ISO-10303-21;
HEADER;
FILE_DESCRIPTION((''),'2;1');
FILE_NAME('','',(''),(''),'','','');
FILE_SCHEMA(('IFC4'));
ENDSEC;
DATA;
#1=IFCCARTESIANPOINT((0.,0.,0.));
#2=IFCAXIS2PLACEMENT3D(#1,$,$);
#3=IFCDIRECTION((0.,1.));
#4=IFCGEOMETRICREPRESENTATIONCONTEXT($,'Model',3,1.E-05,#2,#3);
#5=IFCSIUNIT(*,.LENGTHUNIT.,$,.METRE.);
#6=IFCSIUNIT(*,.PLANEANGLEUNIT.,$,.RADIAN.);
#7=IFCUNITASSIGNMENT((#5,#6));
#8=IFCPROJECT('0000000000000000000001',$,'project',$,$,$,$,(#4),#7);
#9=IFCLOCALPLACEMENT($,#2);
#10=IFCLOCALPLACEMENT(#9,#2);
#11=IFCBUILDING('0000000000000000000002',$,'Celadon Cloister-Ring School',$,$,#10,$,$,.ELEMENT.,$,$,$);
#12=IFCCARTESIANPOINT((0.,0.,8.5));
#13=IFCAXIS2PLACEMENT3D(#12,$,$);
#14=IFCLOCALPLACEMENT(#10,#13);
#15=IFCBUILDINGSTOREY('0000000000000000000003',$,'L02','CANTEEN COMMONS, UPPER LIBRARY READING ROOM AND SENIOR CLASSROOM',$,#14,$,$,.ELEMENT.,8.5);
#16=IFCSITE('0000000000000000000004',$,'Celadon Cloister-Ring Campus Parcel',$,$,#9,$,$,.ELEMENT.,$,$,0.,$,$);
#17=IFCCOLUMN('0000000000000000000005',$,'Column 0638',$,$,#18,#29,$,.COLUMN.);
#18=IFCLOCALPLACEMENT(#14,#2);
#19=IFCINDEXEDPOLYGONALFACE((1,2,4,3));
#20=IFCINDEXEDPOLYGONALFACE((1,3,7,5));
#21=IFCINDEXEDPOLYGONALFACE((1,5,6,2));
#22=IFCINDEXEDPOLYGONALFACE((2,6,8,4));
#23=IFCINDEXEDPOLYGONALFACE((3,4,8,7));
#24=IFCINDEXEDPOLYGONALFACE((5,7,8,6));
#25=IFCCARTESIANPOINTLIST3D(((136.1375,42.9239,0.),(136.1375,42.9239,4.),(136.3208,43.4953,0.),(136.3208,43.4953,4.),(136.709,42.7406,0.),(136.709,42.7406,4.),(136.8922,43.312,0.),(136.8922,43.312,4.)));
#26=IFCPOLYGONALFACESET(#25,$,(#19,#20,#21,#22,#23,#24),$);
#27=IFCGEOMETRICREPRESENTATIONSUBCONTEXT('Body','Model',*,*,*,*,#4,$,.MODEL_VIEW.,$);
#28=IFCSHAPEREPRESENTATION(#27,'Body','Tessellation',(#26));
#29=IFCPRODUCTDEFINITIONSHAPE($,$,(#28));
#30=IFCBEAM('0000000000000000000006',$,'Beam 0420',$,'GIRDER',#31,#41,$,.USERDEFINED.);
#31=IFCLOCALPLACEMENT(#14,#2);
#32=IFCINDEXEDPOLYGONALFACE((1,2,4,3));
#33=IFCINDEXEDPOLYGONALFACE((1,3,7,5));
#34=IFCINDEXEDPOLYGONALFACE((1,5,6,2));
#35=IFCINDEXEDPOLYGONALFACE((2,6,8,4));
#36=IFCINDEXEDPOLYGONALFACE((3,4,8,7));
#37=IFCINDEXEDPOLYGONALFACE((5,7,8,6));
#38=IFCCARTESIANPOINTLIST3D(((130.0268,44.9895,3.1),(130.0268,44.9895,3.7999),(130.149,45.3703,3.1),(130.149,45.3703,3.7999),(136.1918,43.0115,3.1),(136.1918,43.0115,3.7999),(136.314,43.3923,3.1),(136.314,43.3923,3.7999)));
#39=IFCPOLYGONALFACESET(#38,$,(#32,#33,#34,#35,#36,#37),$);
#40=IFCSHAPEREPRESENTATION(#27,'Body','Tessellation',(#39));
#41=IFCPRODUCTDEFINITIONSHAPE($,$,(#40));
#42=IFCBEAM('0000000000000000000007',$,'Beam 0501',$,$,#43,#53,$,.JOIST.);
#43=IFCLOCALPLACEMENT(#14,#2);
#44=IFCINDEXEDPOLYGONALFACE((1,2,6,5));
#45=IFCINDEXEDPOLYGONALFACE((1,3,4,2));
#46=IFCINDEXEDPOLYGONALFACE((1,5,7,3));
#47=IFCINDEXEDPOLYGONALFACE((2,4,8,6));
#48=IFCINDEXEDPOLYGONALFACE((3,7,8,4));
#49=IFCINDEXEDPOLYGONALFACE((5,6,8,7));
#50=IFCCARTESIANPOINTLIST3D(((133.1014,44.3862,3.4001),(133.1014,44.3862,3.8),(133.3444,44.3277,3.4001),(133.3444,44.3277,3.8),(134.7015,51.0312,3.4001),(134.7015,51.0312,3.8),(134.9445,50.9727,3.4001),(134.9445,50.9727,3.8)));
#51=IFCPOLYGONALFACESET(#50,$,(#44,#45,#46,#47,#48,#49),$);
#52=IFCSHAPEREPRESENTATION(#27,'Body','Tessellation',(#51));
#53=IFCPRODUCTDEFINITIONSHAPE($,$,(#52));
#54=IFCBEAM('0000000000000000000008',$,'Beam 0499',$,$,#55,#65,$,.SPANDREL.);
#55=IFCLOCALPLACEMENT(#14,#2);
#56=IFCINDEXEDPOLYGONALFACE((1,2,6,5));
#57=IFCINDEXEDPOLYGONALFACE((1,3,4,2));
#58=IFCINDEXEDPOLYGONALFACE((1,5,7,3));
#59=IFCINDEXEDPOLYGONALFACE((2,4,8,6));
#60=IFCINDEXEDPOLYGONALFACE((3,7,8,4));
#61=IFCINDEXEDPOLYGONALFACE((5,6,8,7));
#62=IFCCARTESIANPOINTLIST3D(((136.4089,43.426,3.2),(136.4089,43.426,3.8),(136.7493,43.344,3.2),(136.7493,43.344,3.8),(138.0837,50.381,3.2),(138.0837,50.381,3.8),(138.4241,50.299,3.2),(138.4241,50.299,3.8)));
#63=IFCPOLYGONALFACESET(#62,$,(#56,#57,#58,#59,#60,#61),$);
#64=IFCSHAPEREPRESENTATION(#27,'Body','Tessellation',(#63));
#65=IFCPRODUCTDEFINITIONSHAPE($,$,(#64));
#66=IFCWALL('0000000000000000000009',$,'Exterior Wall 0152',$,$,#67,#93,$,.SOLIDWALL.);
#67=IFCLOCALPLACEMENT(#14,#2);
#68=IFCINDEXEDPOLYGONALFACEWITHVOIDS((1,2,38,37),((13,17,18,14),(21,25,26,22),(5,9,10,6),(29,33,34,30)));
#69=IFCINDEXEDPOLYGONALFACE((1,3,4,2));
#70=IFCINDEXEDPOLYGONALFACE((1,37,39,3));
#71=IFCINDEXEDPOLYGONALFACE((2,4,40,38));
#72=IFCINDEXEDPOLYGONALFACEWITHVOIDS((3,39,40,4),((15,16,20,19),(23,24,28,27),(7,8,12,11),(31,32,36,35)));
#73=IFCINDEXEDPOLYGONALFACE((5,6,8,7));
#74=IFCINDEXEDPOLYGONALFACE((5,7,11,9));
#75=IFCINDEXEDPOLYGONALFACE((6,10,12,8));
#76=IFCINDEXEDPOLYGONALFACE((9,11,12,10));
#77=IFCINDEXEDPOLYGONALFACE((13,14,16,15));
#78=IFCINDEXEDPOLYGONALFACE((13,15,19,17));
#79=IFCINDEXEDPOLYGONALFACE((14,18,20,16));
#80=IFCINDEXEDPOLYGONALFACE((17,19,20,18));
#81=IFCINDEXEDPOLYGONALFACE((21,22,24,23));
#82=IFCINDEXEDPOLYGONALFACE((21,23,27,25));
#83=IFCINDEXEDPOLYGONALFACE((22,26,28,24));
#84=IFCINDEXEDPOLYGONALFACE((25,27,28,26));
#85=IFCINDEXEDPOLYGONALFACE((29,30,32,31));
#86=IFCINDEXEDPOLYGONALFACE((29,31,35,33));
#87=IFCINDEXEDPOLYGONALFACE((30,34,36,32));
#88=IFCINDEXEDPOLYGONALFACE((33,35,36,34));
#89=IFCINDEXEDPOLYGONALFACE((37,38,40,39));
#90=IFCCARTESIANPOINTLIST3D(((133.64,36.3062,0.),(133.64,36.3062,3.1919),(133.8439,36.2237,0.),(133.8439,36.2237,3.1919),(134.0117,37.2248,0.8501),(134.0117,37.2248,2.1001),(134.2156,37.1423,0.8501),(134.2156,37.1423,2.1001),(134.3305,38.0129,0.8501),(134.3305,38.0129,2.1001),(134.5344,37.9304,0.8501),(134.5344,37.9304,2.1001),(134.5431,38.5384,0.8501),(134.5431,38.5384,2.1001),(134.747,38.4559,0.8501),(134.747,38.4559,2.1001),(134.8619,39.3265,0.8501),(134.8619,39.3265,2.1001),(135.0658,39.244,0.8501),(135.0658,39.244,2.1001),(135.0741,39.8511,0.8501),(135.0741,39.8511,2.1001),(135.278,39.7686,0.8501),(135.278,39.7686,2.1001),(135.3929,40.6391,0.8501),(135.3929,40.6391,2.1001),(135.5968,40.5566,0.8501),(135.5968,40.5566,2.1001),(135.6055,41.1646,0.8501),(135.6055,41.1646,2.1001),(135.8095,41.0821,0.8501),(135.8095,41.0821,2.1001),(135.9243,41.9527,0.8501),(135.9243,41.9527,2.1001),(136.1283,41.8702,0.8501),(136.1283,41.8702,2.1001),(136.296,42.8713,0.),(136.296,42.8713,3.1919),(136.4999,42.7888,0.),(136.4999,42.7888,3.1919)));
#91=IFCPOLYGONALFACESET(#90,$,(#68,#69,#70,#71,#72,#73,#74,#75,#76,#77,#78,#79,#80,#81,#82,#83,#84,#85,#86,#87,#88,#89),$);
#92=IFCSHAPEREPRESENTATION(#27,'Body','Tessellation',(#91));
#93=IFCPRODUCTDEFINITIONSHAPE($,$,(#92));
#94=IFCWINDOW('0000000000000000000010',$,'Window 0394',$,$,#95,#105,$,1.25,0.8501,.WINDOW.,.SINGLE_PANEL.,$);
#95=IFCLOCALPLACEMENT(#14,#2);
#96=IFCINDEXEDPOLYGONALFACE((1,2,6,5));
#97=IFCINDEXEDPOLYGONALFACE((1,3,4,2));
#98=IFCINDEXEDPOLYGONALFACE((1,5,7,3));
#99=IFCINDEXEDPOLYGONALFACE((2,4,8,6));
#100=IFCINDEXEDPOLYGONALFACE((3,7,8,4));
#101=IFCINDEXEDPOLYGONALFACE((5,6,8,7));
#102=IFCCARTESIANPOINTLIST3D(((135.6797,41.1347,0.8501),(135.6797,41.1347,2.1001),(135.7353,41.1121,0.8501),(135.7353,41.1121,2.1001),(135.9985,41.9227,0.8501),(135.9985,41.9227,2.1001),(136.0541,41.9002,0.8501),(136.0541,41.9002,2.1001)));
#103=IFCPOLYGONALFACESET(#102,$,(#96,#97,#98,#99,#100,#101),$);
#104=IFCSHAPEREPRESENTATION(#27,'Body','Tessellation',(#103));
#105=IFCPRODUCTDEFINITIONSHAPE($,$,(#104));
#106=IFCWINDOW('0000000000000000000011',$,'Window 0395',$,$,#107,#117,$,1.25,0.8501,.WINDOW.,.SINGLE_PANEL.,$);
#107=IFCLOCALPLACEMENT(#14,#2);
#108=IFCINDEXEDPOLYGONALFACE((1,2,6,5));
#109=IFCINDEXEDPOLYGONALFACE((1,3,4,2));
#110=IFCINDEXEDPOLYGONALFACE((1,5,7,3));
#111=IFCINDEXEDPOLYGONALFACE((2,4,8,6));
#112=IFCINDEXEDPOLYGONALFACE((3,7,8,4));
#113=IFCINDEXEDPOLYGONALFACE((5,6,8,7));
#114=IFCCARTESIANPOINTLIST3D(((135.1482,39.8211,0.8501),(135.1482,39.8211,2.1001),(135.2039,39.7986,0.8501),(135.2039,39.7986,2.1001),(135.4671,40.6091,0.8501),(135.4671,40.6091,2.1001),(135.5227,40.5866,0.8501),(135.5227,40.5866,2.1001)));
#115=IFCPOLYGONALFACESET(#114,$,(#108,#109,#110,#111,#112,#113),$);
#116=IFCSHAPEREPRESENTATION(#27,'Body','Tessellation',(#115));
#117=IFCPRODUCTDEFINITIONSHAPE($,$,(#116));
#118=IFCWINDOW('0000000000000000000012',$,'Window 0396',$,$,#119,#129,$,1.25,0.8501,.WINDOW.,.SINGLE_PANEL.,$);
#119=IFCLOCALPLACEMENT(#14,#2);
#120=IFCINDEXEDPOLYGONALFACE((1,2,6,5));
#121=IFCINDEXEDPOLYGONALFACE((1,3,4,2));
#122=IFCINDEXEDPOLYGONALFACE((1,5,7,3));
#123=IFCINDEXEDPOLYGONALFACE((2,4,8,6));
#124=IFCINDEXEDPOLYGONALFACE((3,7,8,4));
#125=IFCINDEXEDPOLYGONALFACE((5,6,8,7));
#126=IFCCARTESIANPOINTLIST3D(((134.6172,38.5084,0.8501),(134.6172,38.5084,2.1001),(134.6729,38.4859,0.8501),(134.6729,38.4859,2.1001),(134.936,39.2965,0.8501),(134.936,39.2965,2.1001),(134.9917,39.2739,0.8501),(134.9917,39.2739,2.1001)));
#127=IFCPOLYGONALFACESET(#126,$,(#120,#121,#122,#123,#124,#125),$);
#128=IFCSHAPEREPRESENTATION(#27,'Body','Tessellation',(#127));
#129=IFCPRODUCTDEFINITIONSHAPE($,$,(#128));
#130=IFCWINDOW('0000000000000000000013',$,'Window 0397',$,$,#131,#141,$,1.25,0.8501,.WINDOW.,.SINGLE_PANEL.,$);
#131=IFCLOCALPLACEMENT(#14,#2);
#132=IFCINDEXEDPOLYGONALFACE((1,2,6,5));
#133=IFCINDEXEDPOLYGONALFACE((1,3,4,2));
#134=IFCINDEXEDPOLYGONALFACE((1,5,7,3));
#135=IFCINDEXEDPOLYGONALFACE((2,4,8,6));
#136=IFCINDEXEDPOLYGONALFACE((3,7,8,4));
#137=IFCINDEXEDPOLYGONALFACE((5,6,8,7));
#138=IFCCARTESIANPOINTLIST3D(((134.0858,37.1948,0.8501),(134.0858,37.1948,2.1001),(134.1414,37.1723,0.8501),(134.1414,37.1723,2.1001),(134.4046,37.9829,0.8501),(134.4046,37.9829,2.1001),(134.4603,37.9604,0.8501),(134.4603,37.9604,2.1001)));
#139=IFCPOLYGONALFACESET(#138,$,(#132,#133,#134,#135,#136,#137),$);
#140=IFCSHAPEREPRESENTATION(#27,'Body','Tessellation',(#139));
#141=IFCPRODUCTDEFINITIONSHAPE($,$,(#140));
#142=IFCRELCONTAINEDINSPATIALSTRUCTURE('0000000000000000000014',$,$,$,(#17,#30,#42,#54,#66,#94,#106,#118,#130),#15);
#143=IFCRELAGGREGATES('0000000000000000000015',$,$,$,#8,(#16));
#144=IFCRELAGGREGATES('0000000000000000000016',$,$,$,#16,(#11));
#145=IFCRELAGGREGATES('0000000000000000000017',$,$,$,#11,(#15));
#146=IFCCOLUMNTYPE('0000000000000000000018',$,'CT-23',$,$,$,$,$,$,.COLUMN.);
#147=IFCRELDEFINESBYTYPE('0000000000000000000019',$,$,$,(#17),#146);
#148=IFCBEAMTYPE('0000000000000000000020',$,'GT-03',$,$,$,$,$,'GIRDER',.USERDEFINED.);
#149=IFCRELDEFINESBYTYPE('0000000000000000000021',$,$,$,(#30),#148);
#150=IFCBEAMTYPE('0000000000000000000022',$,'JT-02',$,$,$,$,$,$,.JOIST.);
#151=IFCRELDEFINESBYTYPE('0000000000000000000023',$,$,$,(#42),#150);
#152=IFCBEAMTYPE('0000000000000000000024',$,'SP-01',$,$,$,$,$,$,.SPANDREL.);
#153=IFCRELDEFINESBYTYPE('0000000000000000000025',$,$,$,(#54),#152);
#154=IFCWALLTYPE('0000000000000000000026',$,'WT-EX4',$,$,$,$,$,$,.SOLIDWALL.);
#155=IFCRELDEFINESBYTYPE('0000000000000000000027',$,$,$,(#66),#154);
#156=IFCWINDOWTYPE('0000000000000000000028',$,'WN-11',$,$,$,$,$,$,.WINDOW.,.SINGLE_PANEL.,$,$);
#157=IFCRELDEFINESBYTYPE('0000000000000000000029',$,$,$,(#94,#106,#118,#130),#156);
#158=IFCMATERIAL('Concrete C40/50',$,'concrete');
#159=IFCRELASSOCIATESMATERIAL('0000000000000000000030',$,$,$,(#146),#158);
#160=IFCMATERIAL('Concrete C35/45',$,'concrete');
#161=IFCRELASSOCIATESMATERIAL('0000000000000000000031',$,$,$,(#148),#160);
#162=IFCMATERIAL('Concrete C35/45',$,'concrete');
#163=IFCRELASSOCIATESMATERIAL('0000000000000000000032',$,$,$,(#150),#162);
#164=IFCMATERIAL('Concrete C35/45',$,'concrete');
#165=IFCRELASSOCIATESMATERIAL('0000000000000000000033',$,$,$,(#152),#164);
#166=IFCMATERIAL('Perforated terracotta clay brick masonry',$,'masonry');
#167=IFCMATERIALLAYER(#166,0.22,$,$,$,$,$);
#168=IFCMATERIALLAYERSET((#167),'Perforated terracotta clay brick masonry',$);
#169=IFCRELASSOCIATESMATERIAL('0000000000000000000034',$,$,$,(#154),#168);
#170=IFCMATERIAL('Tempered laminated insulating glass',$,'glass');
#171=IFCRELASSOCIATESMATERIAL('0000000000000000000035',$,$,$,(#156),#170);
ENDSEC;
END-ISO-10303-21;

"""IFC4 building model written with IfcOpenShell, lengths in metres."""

from ifc_helpers import new_model, si_unit, direction, frame, frame_2d, origin, origin_2d, place, context, subcontext, project, spatial, rectangle, extrude, material, layer, layer_set, material_profile, profile_set, type_object, element, fill, save


model = new_model("IFC4")

# Units and contexts
model_context = context("Model", 3, precision=1e-05, world=origin(), true_north=direction((0.0, 1.0)))
body_context = subcontext(model_context, "Body", "Model", "MODEL_VIEW")
ifc_project = project(units=[si_unit("LENGTHUNIT", "METRE"), si_unit("PLANEANGLEUNIT", "RADIAN")], contexts=[model_context])

# Site, building, storey
site_placement = place(None, origin())
site = spatial("IfcSite", under=ifc_project, at=site_placement, Name="Celadon Cloister-Ring Campus Parcel", CompositionType="ELEMENT", RefElevation=0.0)
building_placement = place(site_placement, origin())
building = spatial("IfcBuilding", under=site, at=building_placement, Name="Celadon Cloister-Ring School", CompositionType="ELEMENT")
storey_placement = place(building_placement, frame((0.0, 0.0, 8.5)))
storey = spatial("IfcBuildingStorey", under=building, at=storey_placement, Name="L02", Description="CANTEEN COMMONS, UPPER LIBRARY READING ROOM AND SENIOR CLASSROOM", CompositionType="ELEMENT", Elevation=8.5)

# Column
ifc_material_1 = material(Name="Concrete C40/50", Category="concrete")
ifc_material_profile_1 = material_profile(ifc_material_1, rectangle(XDim=0.6001, YDim=0.6001, at=origin_2d()), Name="RC600X600")
ifc_profile_set_1 = profile_set([ifc_material_profile_1], Name="Concrete C40/50")
column_type = type_object("IfcColumnType", Name="CT-23", PredefinedType="COLUMN", material=ifc_profile_set_1)
column_placement = place(storey_placement, frame((136.5149, 43.1179, 0.0), z_axis=(0.0, 0.0, 1.0), x_axis=(0.952215, -0.305429, 0.0)))
element("IfcColumn", 1, at=column_placement, inside=storey, type_object=column_type, Name="Column 0638", PredefinedType="COLUMN", context=body_context, shape_type="SweptSolid", body=[
    extrude(rectangle(XDim=0.6001, YDim=0.6001, at=origin_2d()), origin(), (0.0, 0.0, 1.0), 4.0),
])

# Beams
ifc_material_2 = material(Name="Concrete C35/45", Category="concrete")
ifc_material_profile_2 = material_profile(ifc_material_2, rectangle(XDim=0.3999, YDim=0.7, at=origin_2d()), Name="RC400X700")
ifc_profile_set_2 = profile_set([ifc_material_profile_2], Name="Concrete C35/45")
beam_type_1 = type_object("IfcBeamType", Name="GT-03", ElementType="GIRDER", PredefinedType="USERDEFINED", material=ifc_profile_set_2)
beam_1_placement = place(storey_placement, frame((136.2529, 43.2019, 3.45), z_axis=(-0.95219, 0.305506, 0.0), x_axis=(-0.305506, -0.95219, 0.0)))
element("IfcBeam", 2, at=beam_1_placement, inside=storey, type_object=beam_type_1, Name="Beam 0420", ObjectType="GIRDER", PredefinedType="USERDEFINED", context=body_context, shape_type="SweptSolid", body=[
    extrude(rectangle(XDim=0.3999, YDim=0.7, at=origin_2d()), origin(), (0.0, 0.0, 1.0), 6.4746),
])
ifc_material_3 = material(Name="Concrete C35/45", Category="concrete")
ifc_material_profile_3 = material_profile(ifc_material_3, rectangle(XDim=0.25, YDim=0.3999, at=origin_2d()), Name="RC250X400")
ifc_profile_set_3 = profile_set([ifc_material_profile_3], Name="Concrete C35/45")
beam_type_2 = type_object("IfcBeamType", Name="JT-02", PredefinedType="JOIST", material=ifc_profile_set_3)
beam_2_placement = place(storey_placement, frame((133.2229, 44.3569, 3.6001), z_axis=(0.234105, 0.972211, 0.0), x_axis=(-0.972211, 0.234105, 0.0)))
element("IfcBeam", 3, at=beam_2_placement, inside=storey, type_object=beam_type_2, Name="Beam 0501", PredefinedType="JOIST", context=body_context, shape_type="SweptSolid", body=[
    extrude(rectangle(XDim=0.25, YDim=0.3999, at=origin_2d()), origin(), (0.0, 0.0, 1.0), 6.835),
])
ifc_material_4 = material(Name="Concrete C35/45", Category="concrete")
ifc_material_profile_4 = material_profile(ifc_material_4, rectangle(XDim=0.3501, YDim=0.6001, at=origin_2d()), Name="RC350X600")
ifc_profile_set_4 = profile_set([ifc_material_profile_4], Name="Concrete C35/45")
beam_type_3 = type_object("IfcBeamType", Name="SP-01", PredefinedType="SPANDREL", material=ifc_profile_set_4)
beam_3_placement = place(storey_placement, frame((136.5791, 43.385, 3.5), z_axis=(0.234111, 0.97221, 0.0), x_axis=(-0.97221, 0.234111, 0.0)))
element("IfcBeam", 4, at=beam_3_placement, inside=storey, type_object=beam_type_3, Name="Beam 0499", PredefinedType="SPANDREL", context=body_context, shape_type="SweptSolid", body=[
    extrude(rectangle(XDim=0.3501, YDim=0.6001, at=origin_2d()), origin(), (0.0, 0.0, 1.0), 7.1538),
])

# Wall, openings, windows
ifc_material_5 = material(Name="Perforated terracotta clay brick masonry", Category="masonry")
ifc_layer_1 = layer(ifc_material_5, 0.22)
ifc_layer_set_1 = layer_set([ifc_layer_1], Name="Perforated terracotta clay brick masonry")
wall_type_1 = type_object("IfcWallType", Name="WT-EX4", PredefinedType="SOLIDWALL", material=ifc_layer_set_1)
wall_1_placement = place(storey_placement, frame((136.3979, 42.8301, 0.0), z_axis=(0.0, 0.0, 1.0), x_axis=(-0.375031, -0.927012, 0.0)))
wall_1 = element("IfcWall", 5, at=wall_1_placement, inside=storey, type_object=wall_type_1, Name="Exterior Wall 0152", PredefinedType="SOLIDWALL", context=body_context, shape_type="SweptSolid", body=[
    extrude(rectangle(XDim=7.082, YDim=0.22, at=frame_2d((3.541, 0.0))), origin(), (0.0, 0.0, 1.0), 3.1919),
])
opening_1_placement = place(wall_1_placement, frame((0.991, 0.0, 0.8501)))
opening_1 = element("IfcOpeningElement", 6, at=opening_1_placement, cuts=wall_1, PredefinedType="OPENING", context=body_context, shape_type="SweptSolid", body=[
    extrude(rectangle(XDim=0.8501, YDim=1.25, at=frame_2d((0.425, 0.625))), frame((0.0, 0.1201, 0.0), z_axis=(0.0, -1.0, 0.0), x_axis=(1.0, 0.0, 0.0)), (0.0, 0.0, 1.0), 0.24),
])
opening_2_placement = place(wall_1_placement, frame((2.408, 0.0, 0.8501)))
opening_2 = element("IfcOpeningElement", 7, at=opening_2_placement, cuts=wall_1, PredefinedType="OPENING", context=body_context, shape_type="SweptSolid", body=[
    extrude(rectangle(XDim=0.8501, YDim=1.25, at=frame_2d((0.425, 0.625))), frame((0.0, 0.1201, 0.0), z_axis=(0.0, -1.0, 0.0), x_axis=(1.0, 0.0, 0.0)), (0.0, 0.0, 1.0), 0.24),
])
opening_3_placement = place(wall_1_placement, frame((3.824, 0.0, 0.8501)))
opening_3 = element("IfcOpeningElement", 8, at=opening_3_placement, cuts=wall_1, PredefinedType="OPENING", context=body_context, shape_type="SweptSolid", body=[
    extrude(rectangle(XDim=0.8501, YDim=1.25, at=frame_2d((0.425, 0.625))), frame((0.0, 0.1201, 0.0), z_axis=(0.0, -1.0, 0.0), x_axis=(1.0, 0.0, 0.0)), (0.0, 0.0, 1.0), 0.24),
])
opening_4_placement = place(wall_1_placement, frame((5.241, 0.0, 0.8501)))
opening_4 = element("IfcOpeningElement", 9, at=opening_4_placement, cuts=wall_1, PredefinedType="OPENING", context=body_context, shape_type="SweptSolid", body=[
    extrude(rectangle(XDim=0.8501, YDim=1.25, at=frame_2d((0.425, 0.625))), frame((0.0, 0.1201, 0.0), z_axis=(0.0, -1.0, 0.0), x_axis=(1.0, 0.0, 0.0)), (0.0, 0.0, 1.0), 0.24),
])
ifc_material_6 = material(Name="Tempered laminated insulating glass", Category="glass")
window_type = type_object("IfcWindowType", Name="WN-11", PartitioningType="SINGLE_PANEL", PredefinedType="WINDOW", material=ifc_material_6)
window_1_placement = place(opening_1_placement, origin())
window_1 = element("IfcWindow", 10, at=window_1_placement, inside=storey, type_object=window_type, Name="Window 0394", OverallHeight=1.25, OverallWidth=0.8501, PartitioningType="SINGLE_PANEL", PredefinedType="WINDOW", context=body_context, shape_type="SweptSolid", body=[
    extrude(rectangle(XDim=0.8501, YDim=1.25, at=frame_2d((0.425, 0.625))), frame((0.0, 0.03, 0.0), z_axis=(0.0, -1.0, 0.0), x_axis=(1.0, 0.0, 0.0)), (0.0, 0.0, 1.0), 0.0601),
])
fill(opening_1, window_1)
window_2_placement = place(opening_2_placement, origin())
window_2 = element("IfcWindow", 11, at=window_2_placement, inside=storey, type_object=window_type, Name="Window 0395", OverallHeight=1.25, OverallWidth=0.8501, PartitioningType="SINGLE_PANEL", PredefinedType="WINDOW", context=body_context, shape_type="SweptSolid", body=[
    extrude(rectangle(XDim=0.8501, YDim=1.25, at=frame_2d((0.425, 0.625))), frame((0.0, 0.03, 0.0), z_axis=(0.0, -1.0, 0.0), x_axis=(1.0, 0.0, 0.0)), (0.0, 0.0, 1.0), 0.0601),
])
fill(opening_2, window_2)
window_3_placement = place(opening_3_placement, origin())
window_3 = element("IfcWindow", 12, at=window_3_placement, inside=storey, type_object=window_type, Name="Window 0396", OverallHeight=1.25, OverallWidth=0.8501, PartitioningType="SINGLE_PANEL", PredefinedType="WINDOW", context=body_context, shape_type="SweptSolid", body=[
    extrude(rectangle(XDim=0.8501, YDim=1.25, at=frame_2d((0.425, 0.625))), frame((0.0, 0.03, 0.0), z_axis=(0.0, -1.0, 0.0), x_axis=(1.0, 0.0, 0.0)), (0.0, 0.0, 1.0), 0.0601),
])
fill(opening_3, window_3)
window_4_placement = place(opening_4_placement, origin())
window_4 = element("IfcWindow", 13, at=window_4_placement, inside=storey, type_object=window_type, Name="Window 0397", OverallHeight=1.25, OverallWidth=0.8501, PartitioningType="SINGLE_PANEL", PredefinedType="WINDOW", context=body_context, shape_type="SweptSolid", body=[
    extrude(rectangle(XDim=0.8501, YDim=1.25, at=frame_2d((0.425, 0.625))), frame((0.0, 0.03, 0.0), z_axis=(0.0, -1.0, 0.0), x_axis=(1.0, 0.0, 0.0)), (0.0, 0.0, 1.0), 0.0601),
])
fill(opening_4, window_4)

save(model, "model.ifc")
